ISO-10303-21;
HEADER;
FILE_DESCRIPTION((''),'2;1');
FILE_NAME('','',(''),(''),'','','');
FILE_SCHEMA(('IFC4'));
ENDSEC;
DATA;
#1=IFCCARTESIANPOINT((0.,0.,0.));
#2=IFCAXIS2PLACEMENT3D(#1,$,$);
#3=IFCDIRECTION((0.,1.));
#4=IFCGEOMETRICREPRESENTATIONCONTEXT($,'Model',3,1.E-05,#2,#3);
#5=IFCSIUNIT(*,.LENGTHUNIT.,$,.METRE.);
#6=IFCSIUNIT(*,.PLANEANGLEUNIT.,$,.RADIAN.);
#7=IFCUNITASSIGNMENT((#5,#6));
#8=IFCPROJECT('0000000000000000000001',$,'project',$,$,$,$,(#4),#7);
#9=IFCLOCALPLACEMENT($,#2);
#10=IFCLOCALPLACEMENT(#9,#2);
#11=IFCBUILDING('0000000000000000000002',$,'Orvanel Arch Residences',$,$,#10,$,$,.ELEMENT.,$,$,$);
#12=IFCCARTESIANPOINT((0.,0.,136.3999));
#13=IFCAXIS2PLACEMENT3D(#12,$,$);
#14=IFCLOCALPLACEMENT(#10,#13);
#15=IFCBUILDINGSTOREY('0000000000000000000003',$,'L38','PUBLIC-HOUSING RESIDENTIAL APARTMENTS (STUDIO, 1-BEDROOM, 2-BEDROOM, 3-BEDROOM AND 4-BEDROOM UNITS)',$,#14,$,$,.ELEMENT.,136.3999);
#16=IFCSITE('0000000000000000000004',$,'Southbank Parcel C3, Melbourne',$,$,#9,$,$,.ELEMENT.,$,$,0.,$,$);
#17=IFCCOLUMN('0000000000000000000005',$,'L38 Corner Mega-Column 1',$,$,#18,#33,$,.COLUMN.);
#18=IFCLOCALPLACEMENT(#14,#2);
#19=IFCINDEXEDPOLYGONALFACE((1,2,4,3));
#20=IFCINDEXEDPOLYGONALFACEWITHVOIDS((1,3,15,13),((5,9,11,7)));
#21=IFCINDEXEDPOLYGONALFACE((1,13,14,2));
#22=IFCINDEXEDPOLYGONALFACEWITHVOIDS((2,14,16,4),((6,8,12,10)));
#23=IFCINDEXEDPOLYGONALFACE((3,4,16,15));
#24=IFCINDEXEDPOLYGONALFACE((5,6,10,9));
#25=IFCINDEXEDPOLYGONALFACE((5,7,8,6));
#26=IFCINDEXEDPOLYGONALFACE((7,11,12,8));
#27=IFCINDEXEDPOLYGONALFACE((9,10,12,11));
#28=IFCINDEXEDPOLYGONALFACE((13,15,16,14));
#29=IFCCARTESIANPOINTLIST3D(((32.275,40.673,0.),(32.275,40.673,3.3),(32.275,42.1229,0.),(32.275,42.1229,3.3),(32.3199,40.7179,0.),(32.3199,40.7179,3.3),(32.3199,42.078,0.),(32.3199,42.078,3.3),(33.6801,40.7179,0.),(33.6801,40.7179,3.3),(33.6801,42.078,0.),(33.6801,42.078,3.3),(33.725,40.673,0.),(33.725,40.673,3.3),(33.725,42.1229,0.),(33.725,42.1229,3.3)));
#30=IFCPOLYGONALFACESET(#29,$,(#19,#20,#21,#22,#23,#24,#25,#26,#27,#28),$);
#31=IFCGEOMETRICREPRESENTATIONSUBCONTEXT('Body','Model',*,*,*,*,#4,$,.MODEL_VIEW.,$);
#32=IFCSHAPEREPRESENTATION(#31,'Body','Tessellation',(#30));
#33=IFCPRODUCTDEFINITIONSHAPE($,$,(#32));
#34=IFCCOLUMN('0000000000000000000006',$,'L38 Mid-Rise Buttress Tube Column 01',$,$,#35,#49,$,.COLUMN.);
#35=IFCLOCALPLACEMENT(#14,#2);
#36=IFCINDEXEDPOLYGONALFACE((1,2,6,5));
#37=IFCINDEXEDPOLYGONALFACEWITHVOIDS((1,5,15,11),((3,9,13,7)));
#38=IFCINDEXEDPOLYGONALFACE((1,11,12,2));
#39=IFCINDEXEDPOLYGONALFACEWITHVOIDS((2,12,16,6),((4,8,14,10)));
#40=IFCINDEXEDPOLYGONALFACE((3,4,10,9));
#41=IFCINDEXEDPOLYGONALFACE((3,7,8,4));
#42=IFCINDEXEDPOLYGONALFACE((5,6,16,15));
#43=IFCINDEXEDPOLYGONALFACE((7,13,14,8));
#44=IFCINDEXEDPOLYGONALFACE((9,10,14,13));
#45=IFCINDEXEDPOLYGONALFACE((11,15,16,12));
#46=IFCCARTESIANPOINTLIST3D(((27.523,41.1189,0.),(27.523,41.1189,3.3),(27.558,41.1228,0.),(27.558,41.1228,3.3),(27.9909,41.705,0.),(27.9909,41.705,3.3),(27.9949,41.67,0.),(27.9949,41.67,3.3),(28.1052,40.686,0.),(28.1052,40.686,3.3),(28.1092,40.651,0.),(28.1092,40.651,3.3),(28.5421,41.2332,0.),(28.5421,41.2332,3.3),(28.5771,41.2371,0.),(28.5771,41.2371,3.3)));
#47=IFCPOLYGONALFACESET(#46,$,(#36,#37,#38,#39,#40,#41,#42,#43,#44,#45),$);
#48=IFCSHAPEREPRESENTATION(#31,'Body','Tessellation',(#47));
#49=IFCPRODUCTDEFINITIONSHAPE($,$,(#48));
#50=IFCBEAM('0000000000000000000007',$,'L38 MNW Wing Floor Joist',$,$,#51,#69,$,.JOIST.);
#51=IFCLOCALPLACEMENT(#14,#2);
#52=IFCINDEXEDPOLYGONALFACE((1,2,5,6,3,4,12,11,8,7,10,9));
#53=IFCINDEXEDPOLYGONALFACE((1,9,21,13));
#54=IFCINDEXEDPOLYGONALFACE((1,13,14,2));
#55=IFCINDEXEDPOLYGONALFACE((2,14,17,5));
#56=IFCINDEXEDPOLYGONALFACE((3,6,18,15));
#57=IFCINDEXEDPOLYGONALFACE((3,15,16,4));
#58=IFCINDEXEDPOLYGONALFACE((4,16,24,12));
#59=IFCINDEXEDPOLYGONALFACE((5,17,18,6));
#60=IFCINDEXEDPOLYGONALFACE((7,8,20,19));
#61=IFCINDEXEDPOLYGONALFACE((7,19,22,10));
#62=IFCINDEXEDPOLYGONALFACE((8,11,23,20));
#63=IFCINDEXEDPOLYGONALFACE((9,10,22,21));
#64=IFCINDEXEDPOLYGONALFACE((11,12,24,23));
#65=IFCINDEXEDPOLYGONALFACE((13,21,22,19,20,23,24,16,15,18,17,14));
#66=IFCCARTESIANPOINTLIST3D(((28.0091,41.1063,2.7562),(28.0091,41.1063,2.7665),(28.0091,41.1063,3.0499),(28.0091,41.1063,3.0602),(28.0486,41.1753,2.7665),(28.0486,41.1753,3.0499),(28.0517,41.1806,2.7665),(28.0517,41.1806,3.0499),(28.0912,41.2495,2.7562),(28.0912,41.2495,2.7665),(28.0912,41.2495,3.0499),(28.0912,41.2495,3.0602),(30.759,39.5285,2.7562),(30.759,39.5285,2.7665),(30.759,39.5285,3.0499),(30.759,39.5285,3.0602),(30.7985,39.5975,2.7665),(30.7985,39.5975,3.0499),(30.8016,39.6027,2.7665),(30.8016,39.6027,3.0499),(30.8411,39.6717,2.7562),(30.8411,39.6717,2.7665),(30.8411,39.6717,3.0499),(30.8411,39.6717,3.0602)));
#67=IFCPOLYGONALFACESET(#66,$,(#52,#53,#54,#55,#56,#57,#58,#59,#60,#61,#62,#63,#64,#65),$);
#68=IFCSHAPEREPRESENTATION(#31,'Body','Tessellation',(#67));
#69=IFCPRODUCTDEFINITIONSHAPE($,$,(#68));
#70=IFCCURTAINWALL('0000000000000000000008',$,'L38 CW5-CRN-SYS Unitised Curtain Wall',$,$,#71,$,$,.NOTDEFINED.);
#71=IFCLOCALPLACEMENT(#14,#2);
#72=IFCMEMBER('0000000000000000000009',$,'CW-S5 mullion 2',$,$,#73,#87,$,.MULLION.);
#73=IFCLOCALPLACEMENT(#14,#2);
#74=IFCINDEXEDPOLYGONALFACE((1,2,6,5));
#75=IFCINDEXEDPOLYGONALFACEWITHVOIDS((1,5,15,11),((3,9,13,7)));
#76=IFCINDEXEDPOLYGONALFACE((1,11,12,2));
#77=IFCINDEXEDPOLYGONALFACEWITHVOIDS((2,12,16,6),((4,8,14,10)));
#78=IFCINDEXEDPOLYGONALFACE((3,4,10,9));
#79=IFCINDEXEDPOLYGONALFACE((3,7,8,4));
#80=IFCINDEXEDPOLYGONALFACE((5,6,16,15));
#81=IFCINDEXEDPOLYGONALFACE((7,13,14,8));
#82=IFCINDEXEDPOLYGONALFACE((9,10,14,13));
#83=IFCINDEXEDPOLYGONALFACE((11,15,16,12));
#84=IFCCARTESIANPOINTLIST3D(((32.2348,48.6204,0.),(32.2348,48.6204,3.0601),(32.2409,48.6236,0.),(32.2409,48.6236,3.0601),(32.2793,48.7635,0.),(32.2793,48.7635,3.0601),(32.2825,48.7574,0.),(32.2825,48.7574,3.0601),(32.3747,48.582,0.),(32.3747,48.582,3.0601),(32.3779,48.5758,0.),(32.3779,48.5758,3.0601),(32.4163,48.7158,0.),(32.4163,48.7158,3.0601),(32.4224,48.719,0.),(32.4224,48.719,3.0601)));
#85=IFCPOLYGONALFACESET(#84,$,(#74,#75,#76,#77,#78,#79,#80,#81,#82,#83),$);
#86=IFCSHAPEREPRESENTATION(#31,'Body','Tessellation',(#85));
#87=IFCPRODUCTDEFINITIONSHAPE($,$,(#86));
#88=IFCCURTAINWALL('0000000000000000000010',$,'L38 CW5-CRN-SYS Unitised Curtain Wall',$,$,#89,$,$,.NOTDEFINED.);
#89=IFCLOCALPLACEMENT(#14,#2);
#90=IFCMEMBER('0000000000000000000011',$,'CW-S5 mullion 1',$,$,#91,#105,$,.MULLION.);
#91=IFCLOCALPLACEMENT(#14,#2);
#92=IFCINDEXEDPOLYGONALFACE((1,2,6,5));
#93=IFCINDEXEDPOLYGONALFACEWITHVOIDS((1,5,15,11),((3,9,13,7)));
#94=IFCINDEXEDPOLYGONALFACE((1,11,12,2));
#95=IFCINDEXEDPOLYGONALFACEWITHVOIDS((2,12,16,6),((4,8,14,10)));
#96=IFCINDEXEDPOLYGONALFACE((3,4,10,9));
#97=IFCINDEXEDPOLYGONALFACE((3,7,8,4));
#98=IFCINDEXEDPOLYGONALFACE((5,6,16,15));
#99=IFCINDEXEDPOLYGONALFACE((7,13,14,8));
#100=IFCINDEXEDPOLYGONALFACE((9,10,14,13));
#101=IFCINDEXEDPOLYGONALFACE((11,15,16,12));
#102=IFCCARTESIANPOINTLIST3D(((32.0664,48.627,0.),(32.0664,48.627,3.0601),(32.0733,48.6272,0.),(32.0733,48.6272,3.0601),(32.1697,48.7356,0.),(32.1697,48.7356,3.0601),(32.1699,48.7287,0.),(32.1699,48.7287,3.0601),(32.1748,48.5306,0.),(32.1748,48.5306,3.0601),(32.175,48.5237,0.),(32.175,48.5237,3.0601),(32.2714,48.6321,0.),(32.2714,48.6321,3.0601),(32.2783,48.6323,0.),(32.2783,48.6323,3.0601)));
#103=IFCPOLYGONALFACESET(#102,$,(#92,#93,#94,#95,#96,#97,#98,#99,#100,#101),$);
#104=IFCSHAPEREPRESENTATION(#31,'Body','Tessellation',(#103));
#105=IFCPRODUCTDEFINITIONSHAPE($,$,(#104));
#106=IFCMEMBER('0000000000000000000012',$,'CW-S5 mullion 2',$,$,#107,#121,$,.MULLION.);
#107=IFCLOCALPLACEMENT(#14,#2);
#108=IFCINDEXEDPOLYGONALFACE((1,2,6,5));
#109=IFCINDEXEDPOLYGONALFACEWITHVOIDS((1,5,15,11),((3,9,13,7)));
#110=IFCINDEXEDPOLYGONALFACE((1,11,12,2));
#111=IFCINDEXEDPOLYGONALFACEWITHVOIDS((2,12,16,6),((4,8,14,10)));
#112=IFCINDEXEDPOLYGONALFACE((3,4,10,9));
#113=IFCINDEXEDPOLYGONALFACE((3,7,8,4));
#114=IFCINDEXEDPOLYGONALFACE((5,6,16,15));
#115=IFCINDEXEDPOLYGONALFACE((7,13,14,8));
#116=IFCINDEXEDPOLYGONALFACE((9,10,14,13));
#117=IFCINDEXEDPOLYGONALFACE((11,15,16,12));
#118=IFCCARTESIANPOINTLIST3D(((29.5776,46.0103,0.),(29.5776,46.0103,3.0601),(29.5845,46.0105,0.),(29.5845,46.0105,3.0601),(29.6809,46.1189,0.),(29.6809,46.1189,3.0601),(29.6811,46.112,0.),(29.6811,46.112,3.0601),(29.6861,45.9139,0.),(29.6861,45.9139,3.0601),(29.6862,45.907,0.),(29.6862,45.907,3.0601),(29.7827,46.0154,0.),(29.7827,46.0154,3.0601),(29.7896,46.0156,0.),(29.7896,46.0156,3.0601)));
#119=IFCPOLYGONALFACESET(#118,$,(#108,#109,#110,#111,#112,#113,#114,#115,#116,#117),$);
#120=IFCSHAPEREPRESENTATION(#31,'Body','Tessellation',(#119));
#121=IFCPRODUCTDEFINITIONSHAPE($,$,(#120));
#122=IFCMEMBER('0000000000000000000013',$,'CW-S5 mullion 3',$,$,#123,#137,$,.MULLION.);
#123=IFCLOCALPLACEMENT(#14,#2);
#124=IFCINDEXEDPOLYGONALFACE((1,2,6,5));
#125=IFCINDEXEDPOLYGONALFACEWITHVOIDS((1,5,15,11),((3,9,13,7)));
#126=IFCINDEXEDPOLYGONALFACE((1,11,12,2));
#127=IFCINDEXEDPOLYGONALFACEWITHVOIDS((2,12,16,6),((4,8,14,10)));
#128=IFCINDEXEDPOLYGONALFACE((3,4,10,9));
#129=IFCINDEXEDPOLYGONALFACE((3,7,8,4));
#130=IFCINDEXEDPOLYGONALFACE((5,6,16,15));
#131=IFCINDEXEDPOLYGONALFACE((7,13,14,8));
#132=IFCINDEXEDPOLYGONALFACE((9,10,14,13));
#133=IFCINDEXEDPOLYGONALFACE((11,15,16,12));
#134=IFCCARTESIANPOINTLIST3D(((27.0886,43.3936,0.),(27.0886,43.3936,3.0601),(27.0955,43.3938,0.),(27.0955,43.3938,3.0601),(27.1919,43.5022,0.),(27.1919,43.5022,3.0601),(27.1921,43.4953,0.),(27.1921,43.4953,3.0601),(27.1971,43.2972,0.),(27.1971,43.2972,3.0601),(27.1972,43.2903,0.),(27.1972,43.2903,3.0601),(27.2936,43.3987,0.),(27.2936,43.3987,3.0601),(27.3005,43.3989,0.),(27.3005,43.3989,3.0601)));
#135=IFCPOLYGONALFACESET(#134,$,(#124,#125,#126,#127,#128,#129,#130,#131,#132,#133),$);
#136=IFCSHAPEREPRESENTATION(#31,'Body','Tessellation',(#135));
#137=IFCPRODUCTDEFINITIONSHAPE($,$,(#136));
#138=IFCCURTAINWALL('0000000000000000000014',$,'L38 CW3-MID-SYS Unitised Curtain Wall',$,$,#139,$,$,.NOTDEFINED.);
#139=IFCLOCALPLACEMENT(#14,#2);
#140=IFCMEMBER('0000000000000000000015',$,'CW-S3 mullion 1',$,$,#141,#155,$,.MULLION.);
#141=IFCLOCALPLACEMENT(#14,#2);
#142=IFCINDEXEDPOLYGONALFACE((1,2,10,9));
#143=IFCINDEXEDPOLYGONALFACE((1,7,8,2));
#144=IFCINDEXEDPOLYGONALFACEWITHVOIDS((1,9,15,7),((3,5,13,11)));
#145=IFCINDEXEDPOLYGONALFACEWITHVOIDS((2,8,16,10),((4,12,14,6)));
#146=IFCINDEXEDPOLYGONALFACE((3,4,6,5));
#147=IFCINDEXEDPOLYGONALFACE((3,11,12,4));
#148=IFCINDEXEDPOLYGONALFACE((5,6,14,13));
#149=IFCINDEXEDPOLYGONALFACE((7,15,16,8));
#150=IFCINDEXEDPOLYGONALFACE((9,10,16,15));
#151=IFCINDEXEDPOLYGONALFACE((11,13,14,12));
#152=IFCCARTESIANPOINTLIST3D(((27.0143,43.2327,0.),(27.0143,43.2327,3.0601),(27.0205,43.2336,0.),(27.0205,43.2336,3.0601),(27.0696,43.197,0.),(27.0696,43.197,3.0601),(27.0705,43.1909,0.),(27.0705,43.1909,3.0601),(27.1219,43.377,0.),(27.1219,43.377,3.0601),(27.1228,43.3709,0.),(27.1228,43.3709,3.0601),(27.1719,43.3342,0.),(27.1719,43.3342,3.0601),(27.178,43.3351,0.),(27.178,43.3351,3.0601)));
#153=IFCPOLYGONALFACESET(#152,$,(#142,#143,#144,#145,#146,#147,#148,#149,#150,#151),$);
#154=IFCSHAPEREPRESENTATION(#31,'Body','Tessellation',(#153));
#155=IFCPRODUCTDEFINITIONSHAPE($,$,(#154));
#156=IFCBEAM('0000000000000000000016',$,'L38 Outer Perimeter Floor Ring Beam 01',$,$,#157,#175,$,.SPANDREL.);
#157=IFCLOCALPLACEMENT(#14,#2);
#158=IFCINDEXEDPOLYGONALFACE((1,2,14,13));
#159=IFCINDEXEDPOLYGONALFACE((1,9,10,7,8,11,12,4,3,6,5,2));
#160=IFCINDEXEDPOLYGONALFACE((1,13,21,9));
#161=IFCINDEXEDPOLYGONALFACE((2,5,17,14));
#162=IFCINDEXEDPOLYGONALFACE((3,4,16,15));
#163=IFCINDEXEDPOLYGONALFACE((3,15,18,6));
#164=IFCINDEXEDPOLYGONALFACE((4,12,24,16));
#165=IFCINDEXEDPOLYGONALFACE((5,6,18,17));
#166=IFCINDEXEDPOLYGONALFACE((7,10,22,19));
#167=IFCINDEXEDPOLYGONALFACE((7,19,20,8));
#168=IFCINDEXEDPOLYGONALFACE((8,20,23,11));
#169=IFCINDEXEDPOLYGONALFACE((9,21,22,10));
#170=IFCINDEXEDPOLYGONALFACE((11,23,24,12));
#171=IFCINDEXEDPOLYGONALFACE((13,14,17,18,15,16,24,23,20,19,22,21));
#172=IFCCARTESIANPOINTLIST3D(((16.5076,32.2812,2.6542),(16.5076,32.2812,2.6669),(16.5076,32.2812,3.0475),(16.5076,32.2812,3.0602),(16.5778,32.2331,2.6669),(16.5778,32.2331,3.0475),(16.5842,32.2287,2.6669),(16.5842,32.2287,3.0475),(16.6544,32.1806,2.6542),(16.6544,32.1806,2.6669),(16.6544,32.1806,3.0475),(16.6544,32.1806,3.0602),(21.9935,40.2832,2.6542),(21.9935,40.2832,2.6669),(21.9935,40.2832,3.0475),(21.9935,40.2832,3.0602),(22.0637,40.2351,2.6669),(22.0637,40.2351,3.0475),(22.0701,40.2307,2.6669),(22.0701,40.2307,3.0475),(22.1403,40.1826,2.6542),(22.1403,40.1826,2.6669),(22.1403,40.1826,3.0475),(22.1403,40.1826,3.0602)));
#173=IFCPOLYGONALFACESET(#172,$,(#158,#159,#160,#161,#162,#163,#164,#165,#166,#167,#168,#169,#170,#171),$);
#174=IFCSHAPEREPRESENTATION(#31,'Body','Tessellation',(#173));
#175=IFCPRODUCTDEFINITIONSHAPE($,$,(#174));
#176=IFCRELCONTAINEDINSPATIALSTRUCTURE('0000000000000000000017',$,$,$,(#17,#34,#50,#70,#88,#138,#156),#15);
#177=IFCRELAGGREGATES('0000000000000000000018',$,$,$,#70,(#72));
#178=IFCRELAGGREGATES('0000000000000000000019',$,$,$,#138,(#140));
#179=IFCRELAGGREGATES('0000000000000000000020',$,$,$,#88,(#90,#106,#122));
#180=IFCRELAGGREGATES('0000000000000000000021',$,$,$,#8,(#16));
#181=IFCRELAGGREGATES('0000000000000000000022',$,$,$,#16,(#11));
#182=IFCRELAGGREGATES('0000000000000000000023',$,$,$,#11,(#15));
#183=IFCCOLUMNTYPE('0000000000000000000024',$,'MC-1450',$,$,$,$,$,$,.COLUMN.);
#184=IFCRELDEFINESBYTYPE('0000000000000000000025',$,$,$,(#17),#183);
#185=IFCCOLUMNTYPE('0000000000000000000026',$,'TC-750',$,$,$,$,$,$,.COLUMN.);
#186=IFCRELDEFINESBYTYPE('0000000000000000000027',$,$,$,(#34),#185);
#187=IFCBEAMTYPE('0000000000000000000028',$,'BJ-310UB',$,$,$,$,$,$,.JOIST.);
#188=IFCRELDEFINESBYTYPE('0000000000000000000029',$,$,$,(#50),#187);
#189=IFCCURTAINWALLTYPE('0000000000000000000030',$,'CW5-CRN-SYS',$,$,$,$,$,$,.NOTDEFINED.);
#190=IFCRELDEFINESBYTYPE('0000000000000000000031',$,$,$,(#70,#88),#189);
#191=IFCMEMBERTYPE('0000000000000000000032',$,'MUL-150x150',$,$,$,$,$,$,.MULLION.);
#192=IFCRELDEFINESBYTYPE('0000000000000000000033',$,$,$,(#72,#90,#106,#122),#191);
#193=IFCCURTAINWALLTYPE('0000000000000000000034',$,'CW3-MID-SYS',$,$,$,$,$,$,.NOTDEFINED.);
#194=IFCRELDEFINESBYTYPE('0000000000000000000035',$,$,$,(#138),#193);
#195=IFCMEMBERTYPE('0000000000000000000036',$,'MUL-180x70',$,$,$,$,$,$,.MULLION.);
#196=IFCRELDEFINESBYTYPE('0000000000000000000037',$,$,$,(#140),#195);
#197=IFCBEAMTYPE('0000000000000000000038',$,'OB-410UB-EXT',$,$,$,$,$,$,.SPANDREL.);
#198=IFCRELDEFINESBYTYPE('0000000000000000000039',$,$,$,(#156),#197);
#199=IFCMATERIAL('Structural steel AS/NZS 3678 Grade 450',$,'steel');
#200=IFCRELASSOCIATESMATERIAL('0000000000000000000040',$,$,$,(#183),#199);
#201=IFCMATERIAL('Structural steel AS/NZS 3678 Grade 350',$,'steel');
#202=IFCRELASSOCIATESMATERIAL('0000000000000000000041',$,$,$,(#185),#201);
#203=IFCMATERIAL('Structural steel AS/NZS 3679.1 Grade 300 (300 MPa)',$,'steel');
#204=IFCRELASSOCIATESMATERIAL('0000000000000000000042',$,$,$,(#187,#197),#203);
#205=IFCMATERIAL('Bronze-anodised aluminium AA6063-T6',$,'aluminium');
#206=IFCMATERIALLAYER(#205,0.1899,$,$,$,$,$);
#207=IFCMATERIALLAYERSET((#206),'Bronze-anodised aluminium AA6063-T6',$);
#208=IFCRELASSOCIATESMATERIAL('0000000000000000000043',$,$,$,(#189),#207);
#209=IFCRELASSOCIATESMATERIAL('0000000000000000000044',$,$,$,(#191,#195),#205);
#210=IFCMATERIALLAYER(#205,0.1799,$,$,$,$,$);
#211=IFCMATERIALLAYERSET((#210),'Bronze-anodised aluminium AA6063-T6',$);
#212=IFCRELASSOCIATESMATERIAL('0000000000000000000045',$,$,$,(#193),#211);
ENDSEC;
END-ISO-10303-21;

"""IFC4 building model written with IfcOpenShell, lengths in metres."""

from ifc_helpers import new_model, si_unit, direction, frame, origin, origin_2d, place, context, subcontext, project, spatial, hollow_rectangle, i_section, extrude, material, layer, layer_set, material_profile, profile_set, type_object, element, aggregate, save


model = new_model("IFC4")

# Units and contexts
model_context = context("Model", 3, precision=1e-05, world=origin(), true_north=direction((0.0, 1.0)))
body_context = subcontext(model_context, "Body", "Model", "MODEL_VIEW")
ifc_project = project(units=[si_unit("LENGTHUNIT", "METRE"), si_unit("PLANEANGLEUNIT", "RADIAN")], contexts=[model_context])

# Site, building, storey
site_placement = place(None, origin())
site = spatial("IfcSite", under=ifc_project, at=site_placement, Name="Southbank Parcel C3, Melbourne", CompositionType="ELEMENT", RefElevation=0.0)
building_placement = place(site_placement, origin())
building = spatial("IfcBuilding", under=site, at=building_placement, Name="Orvanel Arch Residences", CompositionType="ELEMENT")
storey_placement = place(building_placement, frame((0.0, 0.0, 136.3999)))
storey = spatial("IfcBuildingStorey", under=building, at=storey_placement, Name="L38", Description="PUBLIC-HOUSING RESIDENTIAL APARTMENTS (STUDIO, 1-BEDROOM, 2-BEDROOM, 3-BEDROOM AND 4-BEDROOM UNITS)", CompositionType="ELEMENT", Elevation=136.3999)

# Columns
ifc_material_1 = material(Name="Structural steel AS/NZS 3678 Grade 450", Category="steel")
ifc_material_profile_1 = material_profile(ifc_material_1, hollow_rectangle(XDim=1.45, YDim=1.45, WallThickness=0.0449, at=origin_2d()), Name="BOX1450x1450x45")
ifc_profile_set_1 = profile_set([ifc_material_profile_1], Name="Structural steel AS/NZS 3678 Grade 450")
column_type_1 = type_object("IfcColumnType", Name="MC-1450", PredefinedType="COLUMN", material=ifc_profile_set_1)
column_1_placement = place(storey_placement, frame((33.0, 41.3979, 0.0), z_axis=(0.0, 0.0, 1.0), x_axis=(1.0, 0.0, 0.0)))
element("IfcColumn", 1, at=column_1_placement, inside=storey, type_object=column_type_1, Name="L38 Corner Mega-Column 1", PredefinedType="COLUMN", context=body_context, shape_type="SweptSolid", body=[
    extrude(hollow_rectangle(XDim=1.45, YDim=1.45, WallThickness=0.0449, at=origin_2d()), origin(), (0.0, 0.0, 1.0), 3.3),
])
ifc_material_2 = material(Name="Structural steel AS/NZS 3678 Grade 350", Category="steel")
ifc_material_profile_2 = material_profile(ifc_material_2, hollow_rectangle(XDim=0.75, YDim=0.75, WallThickness=0.0249, at=origin_2d()), Name="BOX750x750x25")
ifc_profile_set_2 = profile_set([ifc_material_profile_2], Name="Structural steel AS/NZS 3678 Grade 350")
column_type_2 = type_object("IfcColumnType", Name="TC-750", PredefinedType="COLUMN", material=ifc_profile_set_2)
column_2_placement = place(storey_placement, frame((28.05, 41.178, 0.0), z_axis=(0.0, 0.0, 1.0), x_axis=(0.62388, 0.78152, 0.0)))
element("IfcColumn", 2, at=column_2_placement, inside=storey, type_object=column_type_2, Name="L38 Mid-Rise Buttress Tube Column 01", PredefinedType="COLUMN", context=body_context, shape_type="SweptSolid", body=[
    extrude(hollow_rectangle(XDim=0.75, YDim=0.75, WallThickness=0.0249, at=origin_2d()), origin(), (0.0, 0.0, 1.0), 3.3),
])

# Beam
ifc_material_3 = material(Name="Structural steel AS/NZS 3679.1 Grade 300 (300 MPa)", Category="steel")
ifc_material_profile_3 = material_profile(ifc_material_3, i_section(OverallWidth=0.165, OverallDepth=0.304, WebThickness=0.0061, FlangeThickness=0.0103, at=origin_2d()), Name="310UB40.4")
ifc_profile_set_3 = profile_set([ifc_material_profile_3], Name="Structural steel AS/NZS 3679.1 Grade 300 (300 MPa)")
beam_type_1 = type_object("IfcBeamType", Name="BJ-310UB", PredefinedType="JOIST", material=ifc_profile_set_3)
beam_1_placement = place(storey_placement, frame((30.8, 39.6001, 2.9082), z_axis=(-0.867365, 0.497672, 0.0), x_axis=(-0.497672, -0.867365, 0.0)))
element("IfcBeam", 3, at=beam_1_placement, inside=storey, type_object=beam_type_1, Name="L38 MNW Wing Floor Joist", PredefinedType="JOIST", context=body_context, shape_type="SweptSolid", body=[
    extrude(i_section(OverallWidth=0.165, OverallDepth=0.304, WebThickness=0.0061, FlangeThickness=0.0103, at=origin_2d()), origin(), (0.0, 0.0, 1.0), 3.1704),
])

# Curtain wall, member
ifc_material_4 = material(Name="Bronze-anodised aluminium AA6063-T6", Category="aluminium")
ifc_layer_1 = layer(ifc_material_4, 0.1899)
ifc_layer_set_1 = layer_set([ifc_layer_1], Name="Bronze-anodised aluminium AA6063-T6")
curtain_wall_type_1 = type_object("IfcCurtainWallType", Name="CW5-CRN-SYS", PredefinedType="NOTDEFINED", material=ifc_layer_set_1)
curtain_wall_1_placement = place(storey_placement, origin())
curtain_wall_1 = element("IfcCurtainWall", 4, at=curtain_wall_1_placement, inside=storey, type_object=curtain_wall_type_1, Name="L38 CW5-CRN-SYS Unitised Curtain Wall", PredefinedType="NOTDEFINED")
ifc_material_profile_4 = material_profile(ifc_material_4, hollow_rectangle(XDim=0.1499, YDim=0.1499, WallThickness=0.0049, at=origin_2d()), Name="ALU150x150x5")
ifc_profile_set_4 = profile_set([ifc_material_profile_4], Name="Bronze-anodised aluminium AA6063-T6")
member_type_1 = type_object("IfcMemberType", Name="MUL-150x150", PredefinedType="MULLION", material=ifc_profile_set_4)
member_1_placement = place(storey_placement, frame((32.3286, 48.6697, 0.0), z_axis=(0.0, 0.0, 1.0), x_axis=(-0.297028, -0.954869, 0.0)))
member_1 = element("IfcMember", 5, at=member_1_placement, type_object=member_type_1, Name="CW-S5 mullion 2", PredefinedType="MULLION", context=body_context, shape_type="SweptSolid", body=[
    extrude(hollow_rectangle(XDim=0.1499, YDim=0.1499, WallThickness=0.0049, at=origin_2d()), origin(), (0.0, 0.0, 1.0), 3.0601),
])
aggregate(curtain_wall_1, [member_1])

# Curtain wall, members
curtain_wall_2_placement = place(storey_placement, origin())
curtain_wall_2 = element("IfcCurtainWall", 6, at=curtain_wall_2_placement, inside=storey, type_object=curtain_wall_type_1, Name="L38 CW5-CRN-SYS Unitised Curtain Wall", PredefinedType="NOTDEFINED")
member_2_placement = place(storey_placement, frame((32.1724, 48.6296, 0.0), z_axis=(0.0, 0.0, 1.0), x_axis=(0.724586, -0.689184, 0.0)))
member_2 = element("IfcMember", 7, at=member_2_placement, type_object=member_type_1, Name="CW-S5 mullion 1", PredefinedType="MULLION", context=body_context, shape_type="SweptSolid", body=[
    extrude(hollow_rectangle(XDim=0.1499, YDim=0.1499, WallThickness=0.0049, at=origin_2d()), origin(), (0.0, 0.0, 1.0), 3.0601),
])
member_3_placement = place(storey_placement, frame((29.6836, 46.0129, 0.0), z_axis=(0.0, 0.0, 1.0), x_axis=(0.724586, -0.689184, 0.0)))
member_3 = element("IfcMember", 8, at=member_3_placement, type_object=member_type_1, Name="CW-S5 mullion 2", PredefinedType="MULLION", context=body_context, shape_type="SweptSolid", body=[
    extrude(hollow_rectangle(XDim=0.1499, YDim=0.1499, WallThickness=0.0049, at=origin_2d()), origin(), (0.0, 0.0, 1.0), 3.0601),
])
member_4_placement = place(storey_placement, frame((27.1946, 43.3962, 0.0), z_axis=(0.0, 0.0, 1.0), x_axis=(0.724586, -0.689184, 0.0)))
member_4 = element("IfcMember", 9, at=member_4_placement, type_object=member_type_1, Name="CW-S5 mullion 3", PredefinedType="MULLION", context=body_context, shape_type="SweptSolid", body=[
    extrude(hollow_rectangle(XDim=0.1499, YDim=0.1499, WallThickness=0.0049, at=origin_2d()), origin(), (0.0, 0.0, 1.0), 3.0601),
])

# Curtain wall, member
ifc_layer_2 = layer(ifc_material_4, 0.1799)
ifc_layer_set_2 = layer_set([ifc_layer_2], Name="Bronze-anodised aluminium AA6063-T6")
curtain_wall_type_2 = type_object("IfcCurtainWallType", Name="CW3-MID-SYS", PredefinedType="NOTDEFINED", material=ifc_layer_set_2)
curtain_wall_3_placement = place(storey_placement, origin())
curtain_wall_3 = element("IfcCurtainWall", 10, at=curtain_wall_3_placement, inside=storey, type_object=curtain_wall_type_2, Name="L38 CW3-MID-SYS Unitised Curtain Wall", PredefinedType="NOTDEFINED")
ifc_material_profile_5 = material_profile(ifc_material_4, hollow_rectangle(XDim=0.0701, YDim=0.1799, WallThickness=0.0044, at=origin_2d()), Name="ALU180x70x4.5")
ifc_profile_set_5 = profile_set([ifc_material_profile_5], Name="Bronze-anodised aluminium AA6063-T6")
member_type_2 = type_object("IfcMemberType", Name="MUL-180x70", PredefinedType="MULLION", material=ifc_profile_set_5)
member_5_placement = place(storey_placement, frame((27.0962, 43.2839, 0.0), z_axis=(0.0, 0.0, 1.0), x_axis=(0.801814, -0.597574, 0.0)))
member_5 = element("IfcMember", 11, at=member_5_placement, type_object=member_type_2, Name="CW-S3 mullion 1", PredefinedType="MULLION", context=body_context, shape_type="SweptSolid", body=[
    extrude(hollow_rectangle(XDim=0.0701, YDim=0.1799, WallThickness=0.0044, at=origin_2d()), origin(), (0.0, 0.0, 1.0), 3.0601),
])

# Beam
ifc_material_profile_6 = material_profile(ifc_material_3, i_section(OverallWidth=0.178, OverallDepth=0.406, WebThickness=0.0078, FlangeThickness=0.0127, at=origin_2d()), Name="410UB59.7")
ifc_profile_set_6 = profile_set([ifc_material_profile_6], Name="Structural steel AS/NZS 3679.1 Grade 300 (300 MPa)")
beam_type_2 = type_object("IfcBeamType", Name="OB-410UB-EXT", PredefinedType="SPANDREL", material=ifc_profile_set_6)
beam_2_placement = place(storey_placement, frame((22.0669, 40.2329, 2.8572), z_axis=(-0.565443, -0.824787, 0.0), x_axis=(0.824787, -0.565443, 0.0)))
element("IfcBeam", 12, at=beam_2_placement, inside=storey, type_object=beam_type_2, Name="L38 Outer Perimeter Floor Ring Beam 01", PredefinedType="SPANDREL", context=body_context, shape_type="SweptSolid", body=[
    extrude(i_section(OverallWidth=0.178, OverallDepth=0.406, WebThickness=0.0078, FlangeThickness=0.0127, at=origin_2d()), origin(), (0.0, 0.0, 1.0), 9.7019),
])

aggregate(curtain_wall_3, [member_5])
aggregate(curtain_wall_2, [member_2, member_3, member_4])

save(model, "model.ifc")
